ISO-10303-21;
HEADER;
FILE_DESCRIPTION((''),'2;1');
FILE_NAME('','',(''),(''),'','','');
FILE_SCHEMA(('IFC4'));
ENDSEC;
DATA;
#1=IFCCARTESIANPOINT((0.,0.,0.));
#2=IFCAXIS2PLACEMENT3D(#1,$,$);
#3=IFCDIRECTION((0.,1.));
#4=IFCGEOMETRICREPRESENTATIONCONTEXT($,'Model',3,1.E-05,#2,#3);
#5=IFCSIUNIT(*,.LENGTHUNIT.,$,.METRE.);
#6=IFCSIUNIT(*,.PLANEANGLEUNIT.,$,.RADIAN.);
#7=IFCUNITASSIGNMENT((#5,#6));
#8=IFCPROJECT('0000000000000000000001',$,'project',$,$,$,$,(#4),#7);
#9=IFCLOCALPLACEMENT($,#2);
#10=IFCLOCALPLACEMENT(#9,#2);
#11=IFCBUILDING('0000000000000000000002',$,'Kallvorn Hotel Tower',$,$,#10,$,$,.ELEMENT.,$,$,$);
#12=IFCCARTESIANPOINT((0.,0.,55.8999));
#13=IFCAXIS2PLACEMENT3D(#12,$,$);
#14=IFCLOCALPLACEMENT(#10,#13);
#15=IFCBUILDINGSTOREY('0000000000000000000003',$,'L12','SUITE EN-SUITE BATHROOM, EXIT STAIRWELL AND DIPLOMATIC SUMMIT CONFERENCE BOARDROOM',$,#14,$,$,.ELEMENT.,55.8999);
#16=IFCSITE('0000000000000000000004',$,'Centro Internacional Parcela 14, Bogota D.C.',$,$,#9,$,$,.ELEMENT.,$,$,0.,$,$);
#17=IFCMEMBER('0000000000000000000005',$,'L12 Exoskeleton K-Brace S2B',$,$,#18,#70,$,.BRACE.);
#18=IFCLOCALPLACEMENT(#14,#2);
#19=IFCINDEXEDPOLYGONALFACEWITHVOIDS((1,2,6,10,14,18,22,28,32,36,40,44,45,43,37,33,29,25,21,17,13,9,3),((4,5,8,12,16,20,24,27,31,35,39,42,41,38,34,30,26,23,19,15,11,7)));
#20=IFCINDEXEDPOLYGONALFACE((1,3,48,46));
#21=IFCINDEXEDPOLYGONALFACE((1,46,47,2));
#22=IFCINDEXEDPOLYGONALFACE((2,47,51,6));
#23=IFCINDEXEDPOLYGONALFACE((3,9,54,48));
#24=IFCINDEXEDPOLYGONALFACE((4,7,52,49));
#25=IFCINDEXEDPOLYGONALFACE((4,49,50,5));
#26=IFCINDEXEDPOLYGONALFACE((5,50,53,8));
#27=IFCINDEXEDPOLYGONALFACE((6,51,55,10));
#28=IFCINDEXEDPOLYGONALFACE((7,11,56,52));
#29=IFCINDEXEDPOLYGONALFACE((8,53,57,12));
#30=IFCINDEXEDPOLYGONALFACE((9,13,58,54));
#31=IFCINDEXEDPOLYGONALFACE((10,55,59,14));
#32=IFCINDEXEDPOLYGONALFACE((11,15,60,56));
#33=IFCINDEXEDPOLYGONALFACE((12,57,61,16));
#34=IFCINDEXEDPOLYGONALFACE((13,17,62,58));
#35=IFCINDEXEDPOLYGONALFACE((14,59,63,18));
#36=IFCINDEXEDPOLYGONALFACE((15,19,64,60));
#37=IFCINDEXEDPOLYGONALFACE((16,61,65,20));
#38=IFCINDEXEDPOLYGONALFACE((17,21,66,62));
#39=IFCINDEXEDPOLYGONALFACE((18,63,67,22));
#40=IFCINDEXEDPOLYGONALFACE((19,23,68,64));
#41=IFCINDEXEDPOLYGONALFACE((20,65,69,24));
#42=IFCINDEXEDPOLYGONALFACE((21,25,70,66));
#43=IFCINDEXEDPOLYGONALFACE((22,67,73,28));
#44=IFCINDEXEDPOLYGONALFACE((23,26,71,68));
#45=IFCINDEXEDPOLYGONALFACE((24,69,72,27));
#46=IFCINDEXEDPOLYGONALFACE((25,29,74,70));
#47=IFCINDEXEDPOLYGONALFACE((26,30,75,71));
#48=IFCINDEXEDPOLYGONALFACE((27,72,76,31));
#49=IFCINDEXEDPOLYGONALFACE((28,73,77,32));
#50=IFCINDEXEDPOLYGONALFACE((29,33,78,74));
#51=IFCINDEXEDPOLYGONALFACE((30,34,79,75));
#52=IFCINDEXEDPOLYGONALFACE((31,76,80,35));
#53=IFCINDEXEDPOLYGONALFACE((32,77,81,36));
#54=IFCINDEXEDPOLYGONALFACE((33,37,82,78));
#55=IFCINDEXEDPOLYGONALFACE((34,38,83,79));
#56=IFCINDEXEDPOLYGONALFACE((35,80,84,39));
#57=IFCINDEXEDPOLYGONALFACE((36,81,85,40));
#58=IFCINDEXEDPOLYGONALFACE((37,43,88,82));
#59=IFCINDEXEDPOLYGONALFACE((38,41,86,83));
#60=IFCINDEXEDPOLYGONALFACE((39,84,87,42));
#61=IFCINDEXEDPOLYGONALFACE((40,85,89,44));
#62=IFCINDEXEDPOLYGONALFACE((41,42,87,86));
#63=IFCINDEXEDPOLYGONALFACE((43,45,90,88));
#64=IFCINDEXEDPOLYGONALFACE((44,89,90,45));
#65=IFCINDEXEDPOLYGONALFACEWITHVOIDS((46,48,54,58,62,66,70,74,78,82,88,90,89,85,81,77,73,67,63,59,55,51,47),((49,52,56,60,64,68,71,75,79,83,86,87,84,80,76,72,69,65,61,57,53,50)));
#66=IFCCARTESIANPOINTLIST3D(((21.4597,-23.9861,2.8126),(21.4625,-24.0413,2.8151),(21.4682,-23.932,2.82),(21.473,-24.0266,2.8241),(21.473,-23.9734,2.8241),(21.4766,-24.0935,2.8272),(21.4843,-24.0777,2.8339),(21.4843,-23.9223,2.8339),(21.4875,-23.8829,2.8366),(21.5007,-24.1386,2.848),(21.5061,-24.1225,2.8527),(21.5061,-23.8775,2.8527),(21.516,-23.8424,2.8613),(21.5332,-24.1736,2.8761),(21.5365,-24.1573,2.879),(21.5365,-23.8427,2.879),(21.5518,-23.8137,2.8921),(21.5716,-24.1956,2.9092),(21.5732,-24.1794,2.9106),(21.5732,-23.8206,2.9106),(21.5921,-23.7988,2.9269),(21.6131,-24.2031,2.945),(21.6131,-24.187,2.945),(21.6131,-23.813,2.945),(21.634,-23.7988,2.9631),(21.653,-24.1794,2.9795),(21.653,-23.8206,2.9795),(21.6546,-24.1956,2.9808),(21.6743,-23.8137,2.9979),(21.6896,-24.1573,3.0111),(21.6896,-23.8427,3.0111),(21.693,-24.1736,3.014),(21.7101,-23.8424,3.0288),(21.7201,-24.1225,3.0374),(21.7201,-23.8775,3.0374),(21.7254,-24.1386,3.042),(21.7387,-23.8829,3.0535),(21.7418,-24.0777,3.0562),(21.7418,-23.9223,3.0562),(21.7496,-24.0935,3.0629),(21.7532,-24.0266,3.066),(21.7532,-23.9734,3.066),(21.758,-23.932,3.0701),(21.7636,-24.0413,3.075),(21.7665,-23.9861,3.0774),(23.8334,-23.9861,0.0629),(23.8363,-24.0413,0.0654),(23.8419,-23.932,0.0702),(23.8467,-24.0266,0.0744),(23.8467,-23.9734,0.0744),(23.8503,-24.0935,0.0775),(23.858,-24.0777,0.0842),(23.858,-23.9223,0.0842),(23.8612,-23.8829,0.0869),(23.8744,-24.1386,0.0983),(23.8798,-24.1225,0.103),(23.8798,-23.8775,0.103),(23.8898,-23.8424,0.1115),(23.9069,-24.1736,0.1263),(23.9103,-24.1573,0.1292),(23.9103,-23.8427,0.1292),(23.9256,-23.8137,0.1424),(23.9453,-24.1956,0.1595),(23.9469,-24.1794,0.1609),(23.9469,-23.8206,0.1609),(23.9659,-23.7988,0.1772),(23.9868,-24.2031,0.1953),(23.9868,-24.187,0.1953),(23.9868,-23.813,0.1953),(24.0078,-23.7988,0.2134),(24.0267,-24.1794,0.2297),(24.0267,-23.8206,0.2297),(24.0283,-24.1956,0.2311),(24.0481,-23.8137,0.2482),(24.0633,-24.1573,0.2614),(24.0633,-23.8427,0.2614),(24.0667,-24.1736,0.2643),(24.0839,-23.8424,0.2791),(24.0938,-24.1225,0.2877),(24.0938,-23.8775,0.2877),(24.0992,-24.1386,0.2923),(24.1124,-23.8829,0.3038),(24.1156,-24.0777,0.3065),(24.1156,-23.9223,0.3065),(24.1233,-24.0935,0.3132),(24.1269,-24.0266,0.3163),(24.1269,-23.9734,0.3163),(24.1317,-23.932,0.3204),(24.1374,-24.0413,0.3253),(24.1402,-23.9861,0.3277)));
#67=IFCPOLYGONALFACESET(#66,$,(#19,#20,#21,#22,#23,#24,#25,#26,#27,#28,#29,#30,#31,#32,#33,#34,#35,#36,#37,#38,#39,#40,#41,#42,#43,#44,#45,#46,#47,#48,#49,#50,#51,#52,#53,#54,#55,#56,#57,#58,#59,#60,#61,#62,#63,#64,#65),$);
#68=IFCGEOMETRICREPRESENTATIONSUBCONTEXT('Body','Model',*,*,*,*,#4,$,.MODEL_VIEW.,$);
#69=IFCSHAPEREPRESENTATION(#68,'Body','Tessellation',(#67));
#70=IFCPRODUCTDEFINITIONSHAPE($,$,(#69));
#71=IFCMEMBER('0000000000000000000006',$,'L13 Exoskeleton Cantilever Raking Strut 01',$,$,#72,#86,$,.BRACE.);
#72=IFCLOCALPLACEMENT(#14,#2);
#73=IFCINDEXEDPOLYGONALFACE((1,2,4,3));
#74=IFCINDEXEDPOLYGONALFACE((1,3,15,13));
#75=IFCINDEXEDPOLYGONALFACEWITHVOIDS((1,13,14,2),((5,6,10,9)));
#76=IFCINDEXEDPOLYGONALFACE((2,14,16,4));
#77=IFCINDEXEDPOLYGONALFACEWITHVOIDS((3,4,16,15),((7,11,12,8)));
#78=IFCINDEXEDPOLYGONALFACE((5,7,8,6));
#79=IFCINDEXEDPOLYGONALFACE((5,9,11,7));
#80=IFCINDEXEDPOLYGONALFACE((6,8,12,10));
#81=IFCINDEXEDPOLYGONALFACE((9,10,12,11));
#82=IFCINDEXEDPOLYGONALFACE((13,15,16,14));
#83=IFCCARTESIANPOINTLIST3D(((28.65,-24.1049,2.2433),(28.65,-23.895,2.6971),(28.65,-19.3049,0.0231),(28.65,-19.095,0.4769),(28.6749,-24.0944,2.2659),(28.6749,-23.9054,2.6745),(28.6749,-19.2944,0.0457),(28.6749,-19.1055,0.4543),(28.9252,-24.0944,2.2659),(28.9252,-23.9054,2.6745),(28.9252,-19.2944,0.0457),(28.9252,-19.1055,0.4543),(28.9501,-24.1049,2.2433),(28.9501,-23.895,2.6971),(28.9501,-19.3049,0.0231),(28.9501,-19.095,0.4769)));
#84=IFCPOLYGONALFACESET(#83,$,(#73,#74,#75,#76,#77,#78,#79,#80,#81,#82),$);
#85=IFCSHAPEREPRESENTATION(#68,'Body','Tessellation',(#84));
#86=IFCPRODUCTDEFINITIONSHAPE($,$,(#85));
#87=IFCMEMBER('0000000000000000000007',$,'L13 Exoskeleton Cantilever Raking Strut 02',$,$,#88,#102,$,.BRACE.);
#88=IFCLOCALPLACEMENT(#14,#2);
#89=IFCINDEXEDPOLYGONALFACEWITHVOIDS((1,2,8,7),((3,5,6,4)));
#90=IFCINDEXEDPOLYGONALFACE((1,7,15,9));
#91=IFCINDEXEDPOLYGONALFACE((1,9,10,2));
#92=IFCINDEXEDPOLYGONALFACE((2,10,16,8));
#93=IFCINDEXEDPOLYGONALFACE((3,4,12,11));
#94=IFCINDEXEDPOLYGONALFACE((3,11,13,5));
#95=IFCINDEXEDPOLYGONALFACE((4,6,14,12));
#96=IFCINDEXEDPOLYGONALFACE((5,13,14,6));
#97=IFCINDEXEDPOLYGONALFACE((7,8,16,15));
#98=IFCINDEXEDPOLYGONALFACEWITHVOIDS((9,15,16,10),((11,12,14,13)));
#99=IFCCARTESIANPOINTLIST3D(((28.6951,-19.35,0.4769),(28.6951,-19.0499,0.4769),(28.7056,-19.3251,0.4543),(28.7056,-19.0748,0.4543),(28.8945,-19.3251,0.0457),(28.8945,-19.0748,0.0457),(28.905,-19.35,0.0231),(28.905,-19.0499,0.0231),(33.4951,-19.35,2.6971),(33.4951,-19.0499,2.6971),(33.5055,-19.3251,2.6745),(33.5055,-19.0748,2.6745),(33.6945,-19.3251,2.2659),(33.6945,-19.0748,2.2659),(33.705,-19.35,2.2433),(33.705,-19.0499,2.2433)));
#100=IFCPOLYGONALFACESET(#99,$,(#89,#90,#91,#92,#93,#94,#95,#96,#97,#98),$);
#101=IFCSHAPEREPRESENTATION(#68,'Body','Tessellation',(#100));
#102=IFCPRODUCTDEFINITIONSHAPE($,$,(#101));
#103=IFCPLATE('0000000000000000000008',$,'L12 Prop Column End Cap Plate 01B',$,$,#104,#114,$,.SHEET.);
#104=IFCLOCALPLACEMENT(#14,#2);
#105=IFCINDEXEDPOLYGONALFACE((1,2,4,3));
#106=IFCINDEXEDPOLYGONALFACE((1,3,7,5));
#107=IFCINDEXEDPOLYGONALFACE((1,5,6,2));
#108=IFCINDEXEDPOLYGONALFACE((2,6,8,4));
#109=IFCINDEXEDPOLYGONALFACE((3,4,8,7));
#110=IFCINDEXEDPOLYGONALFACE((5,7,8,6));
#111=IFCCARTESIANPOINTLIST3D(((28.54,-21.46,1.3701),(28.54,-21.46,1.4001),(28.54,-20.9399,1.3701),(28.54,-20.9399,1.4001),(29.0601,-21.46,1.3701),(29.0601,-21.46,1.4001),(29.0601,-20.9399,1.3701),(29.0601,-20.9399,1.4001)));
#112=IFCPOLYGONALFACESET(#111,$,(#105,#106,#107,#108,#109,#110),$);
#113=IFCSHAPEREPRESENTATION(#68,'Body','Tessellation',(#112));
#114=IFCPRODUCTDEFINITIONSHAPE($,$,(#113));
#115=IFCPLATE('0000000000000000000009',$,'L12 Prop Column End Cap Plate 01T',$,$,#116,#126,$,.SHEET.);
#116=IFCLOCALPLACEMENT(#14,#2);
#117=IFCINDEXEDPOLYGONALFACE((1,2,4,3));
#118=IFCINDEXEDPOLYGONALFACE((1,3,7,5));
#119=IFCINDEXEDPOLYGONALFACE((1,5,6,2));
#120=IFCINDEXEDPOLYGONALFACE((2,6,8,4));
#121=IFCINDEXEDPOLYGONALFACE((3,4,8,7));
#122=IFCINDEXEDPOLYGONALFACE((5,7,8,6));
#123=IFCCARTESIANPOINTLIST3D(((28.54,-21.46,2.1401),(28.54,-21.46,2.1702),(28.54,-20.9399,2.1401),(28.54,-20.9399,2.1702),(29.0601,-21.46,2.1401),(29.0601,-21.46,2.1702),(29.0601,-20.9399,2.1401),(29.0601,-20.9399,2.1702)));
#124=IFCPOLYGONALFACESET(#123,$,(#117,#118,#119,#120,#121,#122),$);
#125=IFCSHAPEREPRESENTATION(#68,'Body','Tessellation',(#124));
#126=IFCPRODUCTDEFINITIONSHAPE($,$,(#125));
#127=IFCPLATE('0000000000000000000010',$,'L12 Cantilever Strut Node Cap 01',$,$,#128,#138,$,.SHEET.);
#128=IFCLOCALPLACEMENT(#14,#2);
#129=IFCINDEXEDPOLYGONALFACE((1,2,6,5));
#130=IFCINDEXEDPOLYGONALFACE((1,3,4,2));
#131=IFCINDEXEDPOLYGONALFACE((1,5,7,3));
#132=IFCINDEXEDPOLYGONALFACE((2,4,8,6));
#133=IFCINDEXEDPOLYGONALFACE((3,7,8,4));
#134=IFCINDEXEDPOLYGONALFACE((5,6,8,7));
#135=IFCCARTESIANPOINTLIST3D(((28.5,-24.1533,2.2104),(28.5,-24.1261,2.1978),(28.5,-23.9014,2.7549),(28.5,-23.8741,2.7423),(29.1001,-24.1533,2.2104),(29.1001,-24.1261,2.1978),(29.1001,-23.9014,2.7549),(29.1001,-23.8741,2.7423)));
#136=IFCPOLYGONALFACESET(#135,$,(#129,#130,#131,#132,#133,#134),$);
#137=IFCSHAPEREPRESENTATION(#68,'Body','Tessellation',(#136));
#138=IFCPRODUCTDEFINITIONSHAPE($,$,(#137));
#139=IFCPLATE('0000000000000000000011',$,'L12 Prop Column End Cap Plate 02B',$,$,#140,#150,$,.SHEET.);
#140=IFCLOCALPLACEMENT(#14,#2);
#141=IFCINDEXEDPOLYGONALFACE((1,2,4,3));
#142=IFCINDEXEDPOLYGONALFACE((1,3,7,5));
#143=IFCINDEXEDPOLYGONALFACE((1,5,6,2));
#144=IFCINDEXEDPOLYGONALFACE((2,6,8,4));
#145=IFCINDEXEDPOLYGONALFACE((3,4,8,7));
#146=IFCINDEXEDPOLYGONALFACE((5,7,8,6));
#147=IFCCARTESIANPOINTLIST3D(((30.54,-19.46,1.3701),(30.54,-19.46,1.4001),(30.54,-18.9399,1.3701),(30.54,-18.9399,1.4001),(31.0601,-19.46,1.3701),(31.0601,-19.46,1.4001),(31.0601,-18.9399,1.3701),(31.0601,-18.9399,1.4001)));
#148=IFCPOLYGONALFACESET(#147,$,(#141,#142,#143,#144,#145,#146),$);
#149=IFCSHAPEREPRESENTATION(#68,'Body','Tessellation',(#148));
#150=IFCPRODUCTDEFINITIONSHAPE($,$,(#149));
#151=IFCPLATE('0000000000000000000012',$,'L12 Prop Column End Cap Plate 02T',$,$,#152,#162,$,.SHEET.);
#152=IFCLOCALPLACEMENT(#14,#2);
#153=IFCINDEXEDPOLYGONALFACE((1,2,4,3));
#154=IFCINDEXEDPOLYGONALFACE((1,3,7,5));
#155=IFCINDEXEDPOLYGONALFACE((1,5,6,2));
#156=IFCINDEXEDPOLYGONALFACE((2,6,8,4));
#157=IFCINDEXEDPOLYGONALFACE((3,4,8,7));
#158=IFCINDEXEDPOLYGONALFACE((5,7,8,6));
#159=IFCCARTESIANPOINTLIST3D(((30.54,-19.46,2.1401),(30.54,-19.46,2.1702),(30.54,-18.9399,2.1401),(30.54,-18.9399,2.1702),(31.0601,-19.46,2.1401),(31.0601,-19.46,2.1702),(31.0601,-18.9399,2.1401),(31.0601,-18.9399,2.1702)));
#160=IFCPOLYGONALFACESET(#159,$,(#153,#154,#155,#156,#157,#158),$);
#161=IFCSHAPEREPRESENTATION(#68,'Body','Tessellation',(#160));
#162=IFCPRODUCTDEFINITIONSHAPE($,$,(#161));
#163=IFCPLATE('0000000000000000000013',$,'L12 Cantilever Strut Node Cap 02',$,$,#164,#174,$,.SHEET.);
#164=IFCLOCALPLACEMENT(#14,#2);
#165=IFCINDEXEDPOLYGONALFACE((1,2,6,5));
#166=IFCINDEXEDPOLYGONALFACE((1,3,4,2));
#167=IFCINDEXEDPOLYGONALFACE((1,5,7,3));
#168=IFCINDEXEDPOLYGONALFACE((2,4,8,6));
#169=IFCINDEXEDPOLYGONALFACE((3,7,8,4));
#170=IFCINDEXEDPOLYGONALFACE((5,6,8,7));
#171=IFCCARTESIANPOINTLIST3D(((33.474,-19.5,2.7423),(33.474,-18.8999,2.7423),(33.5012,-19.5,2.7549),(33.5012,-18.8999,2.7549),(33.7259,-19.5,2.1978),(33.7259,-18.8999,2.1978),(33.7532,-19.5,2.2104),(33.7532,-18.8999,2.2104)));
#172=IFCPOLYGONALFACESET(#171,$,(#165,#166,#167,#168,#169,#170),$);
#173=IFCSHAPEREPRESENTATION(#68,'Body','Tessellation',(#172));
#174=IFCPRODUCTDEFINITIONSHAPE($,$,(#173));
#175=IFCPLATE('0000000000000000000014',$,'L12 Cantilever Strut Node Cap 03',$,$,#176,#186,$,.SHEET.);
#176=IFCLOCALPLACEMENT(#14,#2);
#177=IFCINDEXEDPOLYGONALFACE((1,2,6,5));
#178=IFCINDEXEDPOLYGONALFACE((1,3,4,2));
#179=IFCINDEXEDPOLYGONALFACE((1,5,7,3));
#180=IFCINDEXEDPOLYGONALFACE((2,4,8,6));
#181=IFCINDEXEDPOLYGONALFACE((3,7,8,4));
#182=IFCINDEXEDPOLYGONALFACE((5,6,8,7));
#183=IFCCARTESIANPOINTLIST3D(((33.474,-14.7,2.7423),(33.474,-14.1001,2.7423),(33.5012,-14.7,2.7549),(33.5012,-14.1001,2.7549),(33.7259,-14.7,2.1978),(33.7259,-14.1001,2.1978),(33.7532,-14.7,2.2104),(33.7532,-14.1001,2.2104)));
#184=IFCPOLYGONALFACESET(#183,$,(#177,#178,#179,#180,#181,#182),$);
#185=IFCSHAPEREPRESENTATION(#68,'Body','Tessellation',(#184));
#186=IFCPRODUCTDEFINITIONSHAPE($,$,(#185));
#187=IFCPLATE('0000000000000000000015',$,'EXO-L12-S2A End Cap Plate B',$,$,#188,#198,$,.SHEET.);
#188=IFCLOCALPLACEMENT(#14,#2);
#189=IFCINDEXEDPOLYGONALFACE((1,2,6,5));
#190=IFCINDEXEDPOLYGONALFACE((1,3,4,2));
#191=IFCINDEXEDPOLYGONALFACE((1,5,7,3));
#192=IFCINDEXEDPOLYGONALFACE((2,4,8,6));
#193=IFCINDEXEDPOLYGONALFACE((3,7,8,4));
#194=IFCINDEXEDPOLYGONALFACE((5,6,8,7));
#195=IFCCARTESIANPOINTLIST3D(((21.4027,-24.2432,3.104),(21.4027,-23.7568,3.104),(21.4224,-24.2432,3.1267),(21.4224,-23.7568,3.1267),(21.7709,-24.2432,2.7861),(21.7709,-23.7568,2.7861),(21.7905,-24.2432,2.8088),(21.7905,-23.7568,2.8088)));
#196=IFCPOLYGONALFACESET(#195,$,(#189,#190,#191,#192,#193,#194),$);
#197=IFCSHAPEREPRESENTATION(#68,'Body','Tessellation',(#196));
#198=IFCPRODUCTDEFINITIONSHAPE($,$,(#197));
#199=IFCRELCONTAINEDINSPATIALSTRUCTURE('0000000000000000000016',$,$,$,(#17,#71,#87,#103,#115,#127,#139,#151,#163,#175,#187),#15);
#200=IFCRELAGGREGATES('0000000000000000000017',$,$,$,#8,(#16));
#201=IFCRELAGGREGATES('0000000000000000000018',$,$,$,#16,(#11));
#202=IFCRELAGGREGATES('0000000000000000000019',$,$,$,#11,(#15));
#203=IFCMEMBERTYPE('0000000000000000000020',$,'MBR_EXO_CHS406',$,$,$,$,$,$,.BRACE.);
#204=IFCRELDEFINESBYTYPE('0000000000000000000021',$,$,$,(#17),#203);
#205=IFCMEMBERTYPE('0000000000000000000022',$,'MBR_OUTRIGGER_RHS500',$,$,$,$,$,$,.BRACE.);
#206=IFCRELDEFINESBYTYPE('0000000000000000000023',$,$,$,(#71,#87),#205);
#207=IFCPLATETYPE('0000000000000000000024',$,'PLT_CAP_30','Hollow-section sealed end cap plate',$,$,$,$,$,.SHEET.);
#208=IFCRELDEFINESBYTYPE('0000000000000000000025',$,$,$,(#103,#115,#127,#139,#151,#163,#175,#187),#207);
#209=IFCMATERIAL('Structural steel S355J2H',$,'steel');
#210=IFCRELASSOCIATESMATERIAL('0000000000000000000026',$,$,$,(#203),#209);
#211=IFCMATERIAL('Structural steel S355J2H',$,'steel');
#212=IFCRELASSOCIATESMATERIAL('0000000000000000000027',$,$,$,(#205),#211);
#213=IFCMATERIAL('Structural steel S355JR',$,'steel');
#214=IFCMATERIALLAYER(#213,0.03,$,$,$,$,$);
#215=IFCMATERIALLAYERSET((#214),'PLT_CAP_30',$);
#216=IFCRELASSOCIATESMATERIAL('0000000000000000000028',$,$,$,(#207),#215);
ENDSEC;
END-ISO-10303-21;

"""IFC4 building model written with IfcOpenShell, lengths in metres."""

from ifc_helpers import new_model, si_unit, direction, frame, origin, origin_2d, place, context, subcontext, project, spatial, polyline, rectangle, hollow_rectangle, hollow_circle, outline, extrude, material, layer, layer_set, material_profile, profile_set, type_object, element, save


model = new_model("IFC4")

# Units and contexts
model_context = context("Model", 3, precision=1e-05, world=origin(), true_north=direction((0.0, 1.0)))
body_context = subcontext(model_context, "Body", "Model", "MODEL_VIEW")
ifc_project = project(units=[si_unit("LENGTHUNIT", "METRE"), si_unit("PLANEANGLEUNIT", "RADIAN")], contexts=[model_context])

# Site, building, storey
site_placement = place(None, origin())
site = spatial("IfcSite", under=ifc_project, at=site_placement, Name="Centro Internacional Parcela 14, Bogota D.C.", CompositionType="ELEMENT", RefElevation=0.0)
building_placement = place(site_placement, origin())
building = spatial("IfcBuilding", under=site, at=building_placement, Name="Kallvorn Hotel Tower", CompositionType="ELEMENT")
storey_placement = place(building_placement, frame((0.0, 0.0, 55.8999)))
storey = spatial("IfcBuildingStorey", under=building, at=storey_placement, Name="L12", Description="SUITE EN-SUITE BATHROOM, EXIT STAIRWELL AND DIPLOMATIC SUMMIT CONFERENCE BOARDROOM", CompositionType="ELEMENT", Elevation=55.8999)

# Members
ifc_material_1 = material(Name="Structural steel S355J2H", Category="steel")
ifc_material_profile_1 = material_profile(ifc_material_1, hollow_circle(Radius=0.2031, WallThickness=0.0161, at=origin_2d()), Name="CHS 406.4x16")
ifc_profile_set_1 = profile_set([ifc_material_profile_1], Name="Structural steel S355J2H")
member_type_1 = type_object("IfcMemberType", Name="MBR_EXO_CHS406", PredefinedType="BRACE", material=ifc_profile_set_1)
for number, where, z_axis, x_axis, name in (
    (1, (23.9868, -24.0, 0.1953), (-0.653461, 0.0, 0.756961), (0.0, -1.0, 0.0), "L12 Exoskeleton K-Brace S2B"),
):
    element("IfcMember", number, at=place(storey_placement, frame(where, z_axis=z_axis, x_axis=x_axis)), inside=storey, type_object=member_type_1, Name=name, PredefinedType="BRACE", context=body_context, shape_type="SweptSolid", body=[
        extrude(hollow_circle(Radius=0.2031, WallThickness=0.0161, at=origin_2d()), origin(), (0.0, 0.0, 1.0), 3.6326),
    ])
ifc_material_2 = material(Name="Structural steel S355J2H", Category="steel")
ifc_material_profile_2 = material_profile(ifc_material_2, hollow_rectangle(XDim=0.3, YDim=0.5, WallThickness=0.0249, at=origin_2d()), Name="RHS 500x300x25")
ifc_profile_set_2 = profile_set([ifc_material_profile_2], Name="Structural steel S355J2H")
member_type_2 = type_object("IfcMemberType", Name="MBR_OUTRIGGER_RHS500", PredefinedType="BRACE", material=ifc_profile_set_2)
for number, where, z_axis, x_axis, name in (
    (2, (28.8, -19.2, 0.25), (0.0, -0.907613, 0.419807), (1.0, 0.0, 0.0), "L13 Exoskeleton Cantilever Raking Strut 01"),
    (3, (28.8, -19.2, 0.25), (0.907613, 0.0, 0.419807), (0.0, 1.0, 0.0), "L13 Exoskeleton Cantilever Raking Strut 02"),
):
    element("IfcMember", number, at=place(storey_placement, frame(where, z_axis=z_axis, x_axis=x_axis)), inside=storey, type_object=member_type_2, Name=name, PredefinedType="BRACE", context=body_context, shape_type="SweptSolid", body=[
        extrude(hollow_rectangle(XDim=0.3, YDim=0.5, WallThickness=0.0249, at=origin_2d()), origin(), (0.0, 0.0, 1.0), 5.2886),
    ])

# Plates
ifc_material_3 = material(Name="Structural steel S355JR", Category="steel")
ifc_layer_1 = layer(ifc_material_3, 0.03)
ifc_layer_set_1 = layer_set([ifc_layer_1], Name="PLT_CAP_30")
plate_type_1 = type_object("IfcPlateType", Name="PLT_CAP_30", Description="Hollow-section sealed end cap plate", PredefinedType="SHEET", material=ifc_layer_set_1)
for number, where, z_axis, x_axis, name in (
    (4, (28.8, -21.2, 1.3701), (0.0, 0.0, 1.0), (1.0, 0.0, 0.0), "L12 Prop Column End Cap Plate 01B"),
    (5, (28.8, -21.2, 2.1401), (0.0, 0.0, 1.0), (1.0, 0.0, 0.0), "L12 Prop Column End Cap Plate 01T"),
):
    element("IfcPlate", number, at=place(storey_placement, frame(where, z_axis=z_axis, x_axis=x_axis)), inside=storey, type_object=plate_type_1, Name=name, PredefinedType="SHEET", context=body_context, shape_type="SweptSolid", body=[
        extrude(rectangle(XDim=0.52, YDim=0.52, at=origin_2d()), origin(), (0.0, 0.0, 1.0), 0.03),
    ])
plate_1_placement = place(storey_placement, frame((28.5, -24.1533, 2.2104), z_axis=(0.0, -0.90753, 0.419987), x_axis=(1.0, 0.0, 0.0)))
element("IfcPlate", 6, at=plate_1_placement, inside=storey, type_object=plate_type_1, Name="L12 Cantilever Strut Node Cap 01", PredefinedType="SHEET", context=body_context, shape_type="SweptSolid", body=[
    extrude(outline(polyline([(0.0, 0.0), (0.6001, 0.0), (0.6001, 0.5999), (0.0, 0.5999), (0.0, 0.0)])), origin(), (0.0, 0.0, -1.0), 0.03),
])
for number, where, z_axis, x_axis, name in (
    (7, (30.8, -19.2, 1.3701), (0.0, 0.0, 1.0), (1.0, 0.0, 0.0), "L12 Prop Column End Cap Plate 02B"),
    (8, (30.8, -19.2, 2.1401), (0.0, 0.0, 1.0), (1.0, 0.0, 0.0), "L12 Prop Column End Cap Plate 02T"),
):
    element("IfcPlate", number, at=place(storey_placement, frame(where, z_axis=z_axis, x_axis=x_axis)), inside=storey, type_object=plate_type_1, Name=name, PredefinedType="SHEET", context=body_context, shape_type="SweptSolid", body=[
        extrude(rectangle(XDim=0.52, YDim=0.52, at=origin_2d()), origin(), (0.0, 0.0, 1.0), 0.03),
    ])
plate_2_placement = place(storey_placement, frame((33.7532, -19.5, 2.2104), z_axis=(0.90753, 0.0, 0.419987), x_axis=(0.0, 1.0, 0.0)))
element("IfcPlate", 9, at=plate_2_placement, inside=storey, type_object=plate_type_1, Name="L12 Cantilever Strut Node Cap 02", PredefinedType="SHEET", context=body_context, shape_type="SweptSolid", body=[
    extrude(outline(polyline([(0.0, 0.0), (0.6001, 0.0), (0.6001, 0.5999), (0.0, 0.5999), (0.0, 0.0)])), origin(), (0.0, 0.0, -1.0), 0.03),
])
plate_3_placement = place(storey_placement, frame((33.7532, -14.7, 2.2104), z_axis=(0.90753, 0.0, 0.419987), x_axis=(0.0, 1.0, 0.0)))
element("IfcPlate", 10, at=plate_3_placement, inside=storey, type_object=plate_type_1, Name="L12 Cantilever Strut Node Cap 03", PredefinedType="SHEET", context=body_context, shape_type="SweptSolid", body=[
    extrude(outline(polyline([(0.0, 0.0), (0.5999, 0.0), (0.5999, 0.5999), (0.0, 0.5999), (0.0, 0.0)])), origin(), (0.0, 0.0, -1.0), 0.03),
])
for number, where, z_axis, x_axis, name in (
    (11, (21.7905, -24.2432, 2.8088), (0.653515, 0.0, 0.756913), (0.0, 1.0, 0.0), "EXO-L12-S2A End Cap Plate B"),
):
    element("IfcPlate", number, at=place(storey_placement, frame(where, z_axis=z_axis, x_axis=x_axis)), inside=storey, type_object=plate_type_1, Name=name, PredefinedType="SHEET", context=body_context, shape_type="SweptSolid", body=[
        extrude(outline(polyline([(0.0, 0.0), (0.4863, 0.0), (0.4863, 0.4864), (0.0, 0.4864), (0.0, 0.0)])), origin(), (0.0, 0.0, -1.0), 0.03),
    ])

save(model, "model.ifc")
